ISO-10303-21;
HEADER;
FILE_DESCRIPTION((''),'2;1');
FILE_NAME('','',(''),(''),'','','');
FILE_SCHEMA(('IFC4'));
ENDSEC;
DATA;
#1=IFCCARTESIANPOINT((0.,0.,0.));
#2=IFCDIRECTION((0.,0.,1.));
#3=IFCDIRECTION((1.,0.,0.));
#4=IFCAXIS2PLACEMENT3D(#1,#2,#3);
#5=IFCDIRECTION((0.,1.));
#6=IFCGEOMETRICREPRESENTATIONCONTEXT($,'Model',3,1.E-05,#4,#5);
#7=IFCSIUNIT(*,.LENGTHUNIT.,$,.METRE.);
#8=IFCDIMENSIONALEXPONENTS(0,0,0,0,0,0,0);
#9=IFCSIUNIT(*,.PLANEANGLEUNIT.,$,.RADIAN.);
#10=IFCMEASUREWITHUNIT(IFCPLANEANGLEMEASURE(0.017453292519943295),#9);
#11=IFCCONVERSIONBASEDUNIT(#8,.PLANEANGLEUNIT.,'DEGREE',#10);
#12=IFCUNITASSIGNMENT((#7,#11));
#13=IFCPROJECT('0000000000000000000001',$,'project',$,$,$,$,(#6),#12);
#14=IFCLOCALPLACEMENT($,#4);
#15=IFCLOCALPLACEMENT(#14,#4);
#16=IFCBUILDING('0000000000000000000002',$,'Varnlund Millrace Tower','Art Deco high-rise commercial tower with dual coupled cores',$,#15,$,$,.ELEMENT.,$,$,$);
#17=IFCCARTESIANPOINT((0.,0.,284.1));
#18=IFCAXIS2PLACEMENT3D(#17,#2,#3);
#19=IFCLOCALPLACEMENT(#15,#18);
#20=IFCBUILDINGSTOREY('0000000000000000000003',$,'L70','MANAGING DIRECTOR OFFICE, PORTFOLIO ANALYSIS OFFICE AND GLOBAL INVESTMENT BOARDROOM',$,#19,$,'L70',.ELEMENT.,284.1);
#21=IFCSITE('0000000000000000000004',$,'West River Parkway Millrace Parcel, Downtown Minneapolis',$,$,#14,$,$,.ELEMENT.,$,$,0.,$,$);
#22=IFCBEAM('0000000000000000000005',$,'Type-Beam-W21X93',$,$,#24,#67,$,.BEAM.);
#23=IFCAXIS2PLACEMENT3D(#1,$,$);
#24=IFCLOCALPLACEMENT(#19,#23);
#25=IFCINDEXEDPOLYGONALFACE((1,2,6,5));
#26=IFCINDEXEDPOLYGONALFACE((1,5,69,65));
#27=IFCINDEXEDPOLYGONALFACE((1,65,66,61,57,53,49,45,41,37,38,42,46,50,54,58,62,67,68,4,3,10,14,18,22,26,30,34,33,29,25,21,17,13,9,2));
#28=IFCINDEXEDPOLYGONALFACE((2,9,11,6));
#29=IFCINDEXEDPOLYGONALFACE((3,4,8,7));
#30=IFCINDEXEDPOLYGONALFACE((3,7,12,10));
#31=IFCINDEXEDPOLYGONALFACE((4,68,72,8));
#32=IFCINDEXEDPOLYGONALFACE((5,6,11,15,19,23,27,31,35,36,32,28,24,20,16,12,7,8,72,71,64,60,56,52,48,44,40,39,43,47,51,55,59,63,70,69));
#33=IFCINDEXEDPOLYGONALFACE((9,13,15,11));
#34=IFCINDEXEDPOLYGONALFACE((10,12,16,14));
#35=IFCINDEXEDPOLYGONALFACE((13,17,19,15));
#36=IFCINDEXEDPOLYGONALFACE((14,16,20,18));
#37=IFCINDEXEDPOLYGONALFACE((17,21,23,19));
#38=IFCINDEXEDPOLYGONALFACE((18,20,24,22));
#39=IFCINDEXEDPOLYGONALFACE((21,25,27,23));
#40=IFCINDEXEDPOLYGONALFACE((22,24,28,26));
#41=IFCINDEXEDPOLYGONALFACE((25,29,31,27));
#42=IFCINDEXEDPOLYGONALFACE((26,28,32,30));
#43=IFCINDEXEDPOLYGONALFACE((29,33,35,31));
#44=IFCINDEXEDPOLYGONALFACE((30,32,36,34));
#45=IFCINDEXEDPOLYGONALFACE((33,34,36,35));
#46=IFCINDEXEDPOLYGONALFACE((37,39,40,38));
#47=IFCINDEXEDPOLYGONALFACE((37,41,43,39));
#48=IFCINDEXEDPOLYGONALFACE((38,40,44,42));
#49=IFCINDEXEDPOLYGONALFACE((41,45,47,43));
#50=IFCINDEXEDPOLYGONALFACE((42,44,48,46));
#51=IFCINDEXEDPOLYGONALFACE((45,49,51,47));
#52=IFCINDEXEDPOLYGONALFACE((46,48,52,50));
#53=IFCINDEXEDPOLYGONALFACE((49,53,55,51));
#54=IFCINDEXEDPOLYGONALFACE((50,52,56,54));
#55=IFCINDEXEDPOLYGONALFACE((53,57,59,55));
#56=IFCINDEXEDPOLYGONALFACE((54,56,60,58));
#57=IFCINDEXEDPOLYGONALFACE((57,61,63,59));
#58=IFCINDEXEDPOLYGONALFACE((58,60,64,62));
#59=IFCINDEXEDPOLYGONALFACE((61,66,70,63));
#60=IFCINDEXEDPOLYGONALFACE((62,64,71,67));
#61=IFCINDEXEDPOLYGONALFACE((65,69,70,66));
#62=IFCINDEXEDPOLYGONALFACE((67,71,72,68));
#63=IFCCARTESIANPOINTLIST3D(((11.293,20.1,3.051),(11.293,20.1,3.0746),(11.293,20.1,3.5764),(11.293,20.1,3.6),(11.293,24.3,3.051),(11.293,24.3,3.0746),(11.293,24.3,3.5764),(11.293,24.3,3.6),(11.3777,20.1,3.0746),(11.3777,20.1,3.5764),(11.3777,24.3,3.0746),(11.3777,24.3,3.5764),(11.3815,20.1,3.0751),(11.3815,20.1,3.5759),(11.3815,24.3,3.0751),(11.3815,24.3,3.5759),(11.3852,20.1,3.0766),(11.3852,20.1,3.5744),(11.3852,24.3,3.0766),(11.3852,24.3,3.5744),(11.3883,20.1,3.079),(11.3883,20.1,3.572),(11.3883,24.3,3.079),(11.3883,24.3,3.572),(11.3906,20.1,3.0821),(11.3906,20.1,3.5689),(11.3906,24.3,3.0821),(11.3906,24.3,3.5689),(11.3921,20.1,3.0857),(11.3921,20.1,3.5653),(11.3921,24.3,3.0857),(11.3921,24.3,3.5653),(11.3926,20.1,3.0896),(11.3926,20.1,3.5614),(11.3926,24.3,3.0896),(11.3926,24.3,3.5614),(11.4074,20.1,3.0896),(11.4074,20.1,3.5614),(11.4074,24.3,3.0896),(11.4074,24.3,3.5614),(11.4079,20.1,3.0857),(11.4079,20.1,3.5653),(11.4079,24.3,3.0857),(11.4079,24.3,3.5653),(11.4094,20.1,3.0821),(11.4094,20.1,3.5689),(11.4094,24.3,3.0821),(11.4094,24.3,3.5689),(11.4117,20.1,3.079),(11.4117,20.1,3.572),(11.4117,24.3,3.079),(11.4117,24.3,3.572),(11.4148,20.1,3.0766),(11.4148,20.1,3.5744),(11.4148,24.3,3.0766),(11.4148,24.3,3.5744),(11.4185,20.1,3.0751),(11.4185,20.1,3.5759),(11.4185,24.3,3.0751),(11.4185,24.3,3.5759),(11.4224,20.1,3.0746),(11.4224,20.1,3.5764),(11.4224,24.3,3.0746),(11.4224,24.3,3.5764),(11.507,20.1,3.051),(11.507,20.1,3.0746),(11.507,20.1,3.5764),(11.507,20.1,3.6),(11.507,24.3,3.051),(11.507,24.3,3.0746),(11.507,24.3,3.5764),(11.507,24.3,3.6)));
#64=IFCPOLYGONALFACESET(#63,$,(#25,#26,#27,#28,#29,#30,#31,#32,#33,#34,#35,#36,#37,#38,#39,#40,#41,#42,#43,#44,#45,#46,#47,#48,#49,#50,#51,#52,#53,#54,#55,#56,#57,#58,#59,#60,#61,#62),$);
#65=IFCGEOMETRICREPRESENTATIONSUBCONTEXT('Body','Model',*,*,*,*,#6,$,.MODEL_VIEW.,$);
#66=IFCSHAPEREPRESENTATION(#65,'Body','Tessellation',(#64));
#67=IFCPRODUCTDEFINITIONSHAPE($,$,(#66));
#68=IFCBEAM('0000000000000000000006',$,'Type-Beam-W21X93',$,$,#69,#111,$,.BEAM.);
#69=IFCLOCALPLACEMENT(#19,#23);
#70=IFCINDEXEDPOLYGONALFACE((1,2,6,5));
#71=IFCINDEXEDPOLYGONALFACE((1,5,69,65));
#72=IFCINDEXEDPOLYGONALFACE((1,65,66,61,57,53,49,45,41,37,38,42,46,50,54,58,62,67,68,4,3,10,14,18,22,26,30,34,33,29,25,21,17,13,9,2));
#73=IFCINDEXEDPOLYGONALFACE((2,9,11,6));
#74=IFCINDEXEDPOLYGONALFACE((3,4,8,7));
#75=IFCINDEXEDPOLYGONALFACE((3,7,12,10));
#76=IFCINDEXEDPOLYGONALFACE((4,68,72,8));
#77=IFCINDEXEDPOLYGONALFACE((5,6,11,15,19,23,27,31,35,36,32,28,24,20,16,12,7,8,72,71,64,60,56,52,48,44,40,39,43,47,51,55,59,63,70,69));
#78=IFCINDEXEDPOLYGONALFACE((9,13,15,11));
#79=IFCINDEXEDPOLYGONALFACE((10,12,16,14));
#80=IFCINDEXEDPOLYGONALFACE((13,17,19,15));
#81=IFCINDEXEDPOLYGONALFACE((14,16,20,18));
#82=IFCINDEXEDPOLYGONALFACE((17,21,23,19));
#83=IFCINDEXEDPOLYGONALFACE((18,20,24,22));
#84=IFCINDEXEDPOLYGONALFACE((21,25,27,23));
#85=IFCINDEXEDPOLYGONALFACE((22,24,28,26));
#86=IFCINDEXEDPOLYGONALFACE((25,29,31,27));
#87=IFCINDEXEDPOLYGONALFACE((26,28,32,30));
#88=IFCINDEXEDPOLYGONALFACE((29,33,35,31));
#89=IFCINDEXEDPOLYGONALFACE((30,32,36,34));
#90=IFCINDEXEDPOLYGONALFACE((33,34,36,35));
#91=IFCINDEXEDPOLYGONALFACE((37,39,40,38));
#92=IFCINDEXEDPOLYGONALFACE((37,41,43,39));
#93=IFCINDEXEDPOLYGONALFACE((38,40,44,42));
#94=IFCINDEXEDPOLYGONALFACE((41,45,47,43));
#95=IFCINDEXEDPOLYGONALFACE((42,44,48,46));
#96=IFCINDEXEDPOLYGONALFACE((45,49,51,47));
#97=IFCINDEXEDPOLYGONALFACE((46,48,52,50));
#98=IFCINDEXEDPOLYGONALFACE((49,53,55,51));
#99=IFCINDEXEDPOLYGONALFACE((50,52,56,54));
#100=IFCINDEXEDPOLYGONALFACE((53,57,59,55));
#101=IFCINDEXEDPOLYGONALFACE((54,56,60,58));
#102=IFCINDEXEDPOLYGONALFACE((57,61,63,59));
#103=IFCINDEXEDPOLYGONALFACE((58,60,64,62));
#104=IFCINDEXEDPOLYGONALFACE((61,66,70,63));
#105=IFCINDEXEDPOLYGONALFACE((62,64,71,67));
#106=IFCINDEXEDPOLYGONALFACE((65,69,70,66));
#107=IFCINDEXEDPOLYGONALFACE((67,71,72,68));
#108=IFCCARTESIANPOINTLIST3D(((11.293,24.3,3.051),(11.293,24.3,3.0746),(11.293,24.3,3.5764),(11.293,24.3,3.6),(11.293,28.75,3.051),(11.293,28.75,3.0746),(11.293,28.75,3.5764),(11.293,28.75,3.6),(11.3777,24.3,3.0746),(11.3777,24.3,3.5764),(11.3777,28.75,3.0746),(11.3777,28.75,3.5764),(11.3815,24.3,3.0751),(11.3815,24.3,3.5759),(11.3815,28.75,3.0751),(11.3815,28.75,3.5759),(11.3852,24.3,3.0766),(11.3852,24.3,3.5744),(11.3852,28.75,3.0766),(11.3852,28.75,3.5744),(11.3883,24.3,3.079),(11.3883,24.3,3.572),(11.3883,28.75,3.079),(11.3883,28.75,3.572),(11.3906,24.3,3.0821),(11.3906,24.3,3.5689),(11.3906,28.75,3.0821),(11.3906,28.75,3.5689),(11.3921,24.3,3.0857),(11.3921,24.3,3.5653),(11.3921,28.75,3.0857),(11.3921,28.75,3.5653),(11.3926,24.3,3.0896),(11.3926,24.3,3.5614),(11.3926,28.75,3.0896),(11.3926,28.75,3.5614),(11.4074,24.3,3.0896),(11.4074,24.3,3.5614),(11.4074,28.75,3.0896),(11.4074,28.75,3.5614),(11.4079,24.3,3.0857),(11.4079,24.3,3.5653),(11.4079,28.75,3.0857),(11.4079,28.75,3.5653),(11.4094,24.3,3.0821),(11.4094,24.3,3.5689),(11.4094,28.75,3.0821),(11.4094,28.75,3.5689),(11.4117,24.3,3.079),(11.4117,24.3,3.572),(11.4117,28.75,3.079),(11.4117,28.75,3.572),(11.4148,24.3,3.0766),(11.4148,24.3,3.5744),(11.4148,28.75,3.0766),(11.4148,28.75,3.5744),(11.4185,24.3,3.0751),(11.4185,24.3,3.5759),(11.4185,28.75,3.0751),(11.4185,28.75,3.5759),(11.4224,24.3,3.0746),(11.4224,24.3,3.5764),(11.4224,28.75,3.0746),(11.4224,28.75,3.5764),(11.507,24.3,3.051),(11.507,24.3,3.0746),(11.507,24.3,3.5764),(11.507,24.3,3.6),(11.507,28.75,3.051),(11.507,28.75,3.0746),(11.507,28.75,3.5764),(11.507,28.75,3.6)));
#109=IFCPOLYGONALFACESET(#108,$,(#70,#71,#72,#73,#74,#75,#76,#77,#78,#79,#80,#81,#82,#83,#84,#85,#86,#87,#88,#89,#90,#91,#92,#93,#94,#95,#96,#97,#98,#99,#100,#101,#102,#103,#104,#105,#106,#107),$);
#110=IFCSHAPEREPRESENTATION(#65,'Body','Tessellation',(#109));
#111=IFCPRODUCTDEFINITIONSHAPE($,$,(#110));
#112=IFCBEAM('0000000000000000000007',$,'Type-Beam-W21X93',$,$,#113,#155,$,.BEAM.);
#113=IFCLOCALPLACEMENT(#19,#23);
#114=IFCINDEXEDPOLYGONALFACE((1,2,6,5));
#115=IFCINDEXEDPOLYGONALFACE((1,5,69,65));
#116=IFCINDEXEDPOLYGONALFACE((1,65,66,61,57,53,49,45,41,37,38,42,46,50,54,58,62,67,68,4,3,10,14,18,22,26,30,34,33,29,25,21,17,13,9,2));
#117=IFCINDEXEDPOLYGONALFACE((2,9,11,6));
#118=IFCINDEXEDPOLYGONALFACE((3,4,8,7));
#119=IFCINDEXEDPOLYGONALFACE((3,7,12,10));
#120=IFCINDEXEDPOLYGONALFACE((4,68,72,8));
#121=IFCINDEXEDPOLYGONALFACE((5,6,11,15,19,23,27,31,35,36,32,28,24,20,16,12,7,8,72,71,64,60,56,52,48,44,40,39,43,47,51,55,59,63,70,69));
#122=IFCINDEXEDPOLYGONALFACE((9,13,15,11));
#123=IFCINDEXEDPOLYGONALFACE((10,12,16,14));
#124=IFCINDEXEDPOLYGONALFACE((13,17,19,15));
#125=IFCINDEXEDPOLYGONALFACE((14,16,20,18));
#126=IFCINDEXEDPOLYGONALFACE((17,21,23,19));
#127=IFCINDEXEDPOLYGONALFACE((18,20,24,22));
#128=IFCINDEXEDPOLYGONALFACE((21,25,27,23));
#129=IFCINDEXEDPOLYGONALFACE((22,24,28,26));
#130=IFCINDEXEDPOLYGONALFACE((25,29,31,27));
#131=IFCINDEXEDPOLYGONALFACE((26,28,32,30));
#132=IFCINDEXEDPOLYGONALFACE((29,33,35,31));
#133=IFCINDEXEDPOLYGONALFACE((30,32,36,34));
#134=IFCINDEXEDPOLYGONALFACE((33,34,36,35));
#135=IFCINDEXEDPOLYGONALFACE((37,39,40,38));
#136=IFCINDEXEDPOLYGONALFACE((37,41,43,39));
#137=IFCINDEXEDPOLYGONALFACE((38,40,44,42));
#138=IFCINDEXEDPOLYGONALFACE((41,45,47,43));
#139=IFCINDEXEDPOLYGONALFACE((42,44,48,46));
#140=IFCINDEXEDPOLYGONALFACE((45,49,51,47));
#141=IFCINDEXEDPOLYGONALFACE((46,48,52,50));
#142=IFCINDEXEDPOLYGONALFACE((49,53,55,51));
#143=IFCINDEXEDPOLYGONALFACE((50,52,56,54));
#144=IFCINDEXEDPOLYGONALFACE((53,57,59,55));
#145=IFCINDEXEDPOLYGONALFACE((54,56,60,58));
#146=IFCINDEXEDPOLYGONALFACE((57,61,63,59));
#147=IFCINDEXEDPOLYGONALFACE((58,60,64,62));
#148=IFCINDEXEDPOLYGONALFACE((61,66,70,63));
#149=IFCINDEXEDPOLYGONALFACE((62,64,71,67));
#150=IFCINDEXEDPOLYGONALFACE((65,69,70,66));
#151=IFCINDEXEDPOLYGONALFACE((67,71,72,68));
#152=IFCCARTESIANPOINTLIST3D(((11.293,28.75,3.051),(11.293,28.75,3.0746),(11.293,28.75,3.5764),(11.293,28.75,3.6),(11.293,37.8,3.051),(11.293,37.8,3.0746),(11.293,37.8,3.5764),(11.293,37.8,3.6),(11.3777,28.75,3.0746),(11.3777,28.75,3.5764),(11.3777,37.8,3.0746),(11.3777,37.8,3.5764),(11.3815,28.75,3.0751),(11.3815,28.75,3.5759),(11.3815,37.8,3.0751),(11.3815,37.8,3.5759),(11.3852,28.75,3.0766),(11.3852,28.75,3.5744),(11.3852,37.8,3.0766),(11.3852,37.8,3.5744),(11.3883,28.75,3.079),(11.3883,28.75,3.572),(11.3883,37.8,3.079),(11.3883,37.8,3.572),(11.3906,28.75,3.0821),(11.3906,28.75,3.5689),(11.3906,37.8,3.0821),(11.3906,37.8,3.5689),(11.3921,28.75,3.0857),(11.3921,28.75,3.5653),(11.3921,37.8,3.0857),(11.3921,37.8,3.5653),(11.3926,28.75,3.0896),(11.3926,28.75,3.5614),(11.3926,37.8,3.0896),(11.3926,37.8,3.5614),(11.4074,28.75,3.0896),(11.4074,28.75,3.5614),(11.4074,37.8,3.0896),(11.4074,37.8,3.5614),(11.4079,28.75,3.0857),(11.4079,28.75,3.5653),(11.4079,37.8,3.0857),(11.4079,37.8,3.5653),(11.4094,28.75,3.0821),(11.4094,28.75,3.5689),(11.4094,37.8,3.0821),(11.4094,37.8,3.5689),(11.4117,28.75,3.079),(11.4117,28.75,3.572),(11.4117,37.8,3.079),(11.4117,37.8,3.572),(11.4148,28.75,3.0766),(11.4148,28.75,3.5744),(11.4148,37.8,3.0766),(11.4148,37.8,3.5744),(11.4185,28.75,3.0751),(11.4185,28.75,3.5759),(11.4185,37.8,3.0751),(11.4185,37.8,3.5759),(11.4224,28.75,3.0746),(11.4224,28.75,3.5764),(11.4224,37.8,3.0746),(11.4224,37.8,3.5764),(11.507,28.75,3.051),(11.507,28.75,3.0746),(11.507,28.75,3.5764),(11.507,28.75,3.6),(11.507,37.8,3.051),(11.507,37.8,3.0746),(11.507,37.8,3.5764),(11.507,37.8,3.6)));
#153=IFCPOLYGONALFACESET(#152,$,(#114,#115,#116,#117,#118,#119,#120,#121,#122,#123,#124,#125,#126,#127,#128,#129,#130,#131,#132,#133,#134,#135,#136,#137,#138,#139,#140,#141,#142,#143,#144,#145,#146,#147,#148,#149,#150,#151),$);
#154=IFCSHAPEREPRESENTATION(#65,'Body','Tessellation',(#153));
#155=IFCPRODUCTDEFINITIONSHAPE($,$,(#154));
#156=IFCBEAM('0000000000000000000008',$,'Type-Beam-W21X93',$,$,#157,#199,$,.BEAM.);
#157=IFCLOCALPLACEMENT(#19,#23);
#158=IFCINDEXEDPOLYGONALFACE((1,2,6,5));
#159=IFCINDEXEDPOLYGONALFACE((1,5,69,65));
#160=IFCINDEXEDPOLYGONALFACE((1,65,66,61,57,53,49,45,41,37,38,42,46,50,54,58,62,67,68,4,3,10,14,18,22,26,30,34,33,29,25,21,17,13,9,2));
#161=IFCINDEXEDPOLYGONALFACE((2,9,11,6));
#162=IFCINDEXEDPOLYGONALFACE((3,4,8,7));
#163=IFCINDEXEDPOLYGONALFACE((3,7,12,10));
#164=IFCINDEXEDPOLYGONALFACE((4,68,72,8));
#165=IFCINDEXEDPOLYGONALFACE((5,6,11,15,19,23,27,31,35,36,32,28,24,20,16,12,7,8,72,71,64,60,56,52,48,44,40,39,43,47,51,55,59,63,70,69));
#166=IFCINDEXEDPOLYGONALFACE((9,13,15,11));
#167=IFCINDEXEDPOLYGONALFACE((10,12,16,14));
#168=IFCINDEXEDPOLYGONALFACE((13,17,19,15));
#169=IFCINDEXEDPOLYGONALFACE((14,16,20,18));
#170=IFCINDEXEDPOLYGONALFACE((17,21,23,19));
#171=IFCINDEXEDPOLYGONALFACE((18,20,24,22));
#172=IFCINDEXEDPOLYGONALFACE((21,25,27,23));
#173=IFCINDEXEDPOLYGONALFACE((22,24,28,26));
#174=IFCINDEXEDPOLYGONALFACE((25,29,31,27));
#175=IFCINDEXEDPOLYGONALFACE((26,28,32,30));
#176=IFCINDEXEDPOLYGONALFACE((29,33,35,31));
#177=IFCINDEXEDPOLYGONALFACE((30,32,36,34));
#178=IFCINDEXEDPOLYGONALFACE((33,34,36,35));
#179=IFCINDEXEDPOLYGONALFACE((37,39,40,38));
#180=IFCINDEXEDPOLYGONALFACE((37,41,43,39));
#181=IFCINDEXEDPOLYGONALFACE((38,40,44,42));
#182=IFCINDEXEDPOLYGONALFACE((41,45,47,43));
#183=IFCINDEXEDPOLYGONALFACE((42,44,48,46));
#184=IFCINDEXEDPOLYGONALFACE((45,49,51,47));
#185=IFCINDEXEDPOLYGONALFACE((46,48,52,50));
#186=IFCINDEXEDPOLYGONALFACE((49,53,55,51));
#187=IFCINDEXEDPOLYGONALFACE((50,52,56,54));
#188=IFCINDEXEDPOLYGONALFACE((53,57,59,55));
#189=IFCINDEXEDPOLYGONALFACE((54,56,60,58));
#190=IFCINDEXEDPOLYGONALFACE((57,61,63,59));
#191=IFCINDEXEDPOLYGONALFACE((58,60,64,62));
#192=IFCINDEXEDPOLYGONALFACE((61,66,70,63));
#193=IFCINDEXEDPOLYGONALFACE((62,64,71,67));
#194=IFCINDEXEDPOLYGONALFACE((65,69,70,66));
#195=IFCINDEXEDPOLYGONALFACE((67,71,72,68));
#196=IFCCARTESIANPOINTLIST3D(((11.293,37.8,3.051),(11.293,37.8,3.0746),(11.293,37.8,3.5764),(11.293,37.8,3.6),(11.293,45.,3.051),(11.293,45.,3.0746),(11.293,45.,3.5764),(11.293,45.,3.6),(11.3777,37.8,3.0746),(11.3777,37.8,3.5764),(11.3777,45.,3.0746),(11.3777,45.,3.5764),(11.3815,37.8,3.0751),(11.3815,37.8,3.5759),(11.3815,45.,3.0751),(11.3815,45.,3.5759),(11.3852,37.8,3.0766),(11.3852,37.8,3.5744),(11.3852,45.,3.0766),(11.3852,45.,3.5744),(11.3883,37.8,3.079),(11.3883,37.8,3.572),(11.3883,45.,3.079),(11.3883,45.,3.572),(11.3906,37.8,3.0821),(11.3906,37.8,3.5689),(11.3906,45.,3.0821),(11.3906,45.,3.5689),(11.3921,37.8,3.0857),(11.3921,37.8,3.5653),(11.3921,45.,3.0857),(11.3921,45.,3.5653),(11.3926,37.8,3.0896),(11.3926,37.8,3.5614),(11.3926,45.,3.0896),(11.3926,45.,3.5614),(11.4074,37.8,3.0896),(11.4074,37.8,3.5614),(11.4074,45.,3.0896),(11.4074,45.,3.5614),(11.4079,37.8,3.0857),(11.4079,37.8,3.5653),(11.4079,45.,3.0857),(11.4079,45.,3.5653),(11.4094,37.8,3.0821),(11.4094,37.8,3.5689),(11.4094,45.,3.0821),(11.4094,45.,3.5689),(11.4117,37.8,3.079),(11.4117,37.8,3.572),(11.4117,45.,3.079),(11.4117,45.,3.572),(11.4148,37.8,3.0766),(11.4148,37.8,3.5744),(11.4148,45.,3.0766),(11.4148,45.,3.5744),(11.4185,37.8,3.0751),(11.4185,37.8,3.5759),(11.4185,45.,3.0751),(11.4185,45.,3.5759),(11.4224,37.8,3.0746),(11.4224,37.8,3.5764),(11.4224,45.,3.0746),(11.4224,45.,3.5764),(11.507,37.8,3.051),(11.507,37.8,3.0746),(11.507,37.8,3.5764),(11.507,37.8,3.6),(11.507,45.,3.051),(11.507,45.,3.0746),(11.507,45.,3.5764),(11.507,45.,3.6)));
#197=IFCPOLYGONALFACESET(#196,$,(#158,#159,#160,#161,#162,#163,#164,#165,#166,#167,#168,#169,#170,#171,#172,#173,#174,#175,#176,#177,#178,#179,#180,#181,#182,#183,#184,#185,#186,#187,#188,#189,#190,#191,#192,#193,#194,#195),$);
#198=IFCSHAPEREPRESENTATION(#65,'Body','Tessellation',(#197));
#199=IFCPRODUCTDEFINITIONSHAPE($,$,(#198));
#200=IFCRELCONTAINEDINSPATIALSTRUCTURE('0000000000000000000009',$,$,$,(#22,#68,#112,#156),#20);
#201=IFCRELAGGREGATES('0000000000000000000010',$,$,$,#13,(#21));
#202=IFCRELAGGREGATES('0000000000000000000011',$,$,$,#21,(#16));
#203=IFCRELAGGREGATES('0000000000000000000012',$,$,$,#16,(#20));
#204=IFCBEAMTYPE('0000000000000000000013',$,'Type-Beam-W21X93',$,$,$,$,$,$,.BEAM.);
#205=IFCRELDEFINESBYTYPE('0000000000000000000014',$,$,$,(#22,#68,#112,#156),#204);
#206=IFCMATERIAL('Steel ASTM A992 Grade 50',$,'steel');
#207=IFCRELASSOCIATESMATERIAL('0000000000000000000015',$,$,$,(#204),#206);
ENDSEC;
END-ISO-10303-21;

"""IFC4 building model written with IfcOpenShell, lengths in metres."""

from ifc_helpers import new_model, entity, si_unit, converted_unit, direction, frame, origin_with_axes, origin_2d_with_axis, place, context, subcontext, project, spatial, i_section, extrude, material, material_profile, profile_set, type_object, element, save


model = new_model("IFC4")

# Units and contexts
model_context = context("Model", 3, precision=1e-05, world=origin_with_axes(), true_north=direction((0.0, 1.0)))
body_context = subcontext(model_context, "Body", "Model", "MODEL_VIEW")
ifc_project = project(units=[si_unit("LENGTHUNIT", "METRE"), converted_unit("PLANEANGLEUNIT", "DEGREE", entity("IfcPlaneAngleMeasure", 0.017453292519943295), si_unit("PLANEANGLEUNIT", "RADIAN"), dimensions=[0, 0, 0, 0, 0, 0, 0])], contexts=[model_context])

# Site, building, storey
site_placement = place(None, origin_with_axes())
site = spatial("IfcSite", under=ifc_project, at=site_placement, Name="West River Parkway Millrace Parcel, Downtown Minneapolis", CompositionType="ELEMENT", RefElevation=0.0)
building_placement = place(site_placement, origin_with_axes())
building = spatial("IfcBuilding", under=site, at=building_placement, Name="Varnlund Millrace Tower", Description="Art Deco high-rise commercial tower with dual coupled cores", CompositionType="ELEMENT")
storey_placement = place(building_placement, frame((0.0, 0.0, 284.1), z_axis=(0.0, 0.0, 1.0), x_axis=(1.0, 0.0, 0.0)))
storey = spatial("IfcBuildingStorey", under=building, at=storey_placement, Name="L70", Description="MANAGING DIRECTOR OFFICE, PORTFOLIO ANALYSIS OFFICE AND GLOBAL INVESTMENT BOARDROOM", LongName="L70", CompositionType="ELEMENT", Elevation=284.1)

# Beams
ifc_material_1 = material(Name="Steel ASTM A992 Grade 50", Category="steel")
ifc_material_profile_1 = material_profile(ifc_material_1, i_section(OverallWidth=0.214, OverallDepth=0.549, WebThickness=0.0147, FlangeThickness=0.0236, FilletRadius=0.015, at=origin_2d_with_axis()), Name="Steel ASTM A992 Grade 50")
ifc_profile_set_1 = profile_set([ifc_material_profile_1], Name="Steel ASTM A992 Grade 50")
beam_type_1 = type_object("IfcBeamType", Name="Type-Beam-W21X93", PredefinedType="BEAM", material=ifc_profile_set_1)
beam_1_placement = place(storey_placement, frame((11.4, 20.1, 3.3255), z_axis=(0.0, 1.0, 0.0), x_axis=(-1.0, 0.0, 0.0)))
element("IfcBeam", 1, at=beam_1_placement, inside=storey, type_object=beam_type_1, Name="Type-Beam-W21X93", PredefinedType="BEAM", context=body_context, shape_type="SweptSolid", body=[
    extrude(i_section(OverallWidth=0.214, OverallDepth=0.549, WebThickness=0.0147, FlangeThickness=0.0236, FilletRadius=0.015, at=origin_2d_with_axis()), origin_with_axes(), (0.0, 0.0, 1.0), 4.2),
])
beam_2_placement = place(storey_placement, frame((11.4, 24.3, 3.3255), z_axis=(0.0, 1.0, 0.0), x_axis=(-1.0, 0.0, 0.0)))
element("IfcBeam", 2, at=beam_2_placement, inside=storey, type_object=beam_type_1, Name="Type-Beam-W21X93", PredefinedType="BEAM", context=body_context, shape_type="SweptSolid", body=[
    extrude(i_section(OverallWidth=0.214, OverallDepth=0.549, WebThickness=0.0147, FlangeThickness=0.0236, FilletRadius=0.015, at=origin_2d_with_axis()), origin_with_axes(), (0.0, 0.0, 1.0), 4.45),
])
beam_3_placement = place(storey_placement, frame((11.4, 28.75, 3.3255), z_axis=(0.0, 1.0, 0.0), x_axis=(-1.0, 0.0, 0.0)))
element("IfcBeam", 3, at=beam_3_placement, inside=storey, type_object=beam_type_1, Name="Type-Beam-W21X93", PredefinedType="BEAM", context=body_context, shape_type="SweptSolid", body=[
    extrude(i_section(OverallWidth=0.214, OverallDepth=0.549, WebThickness=0.0147, FlangeThickness=0.0236, FilletRadius=0.015, at=origin_2d_with_axis()), origin_with_axes(), (0.0, 0.0, 1.0), 9.05),
])
beam_4_placement = place(storey_placement, frame((11.4, 37.8, 3.3255), z_axis=(0.0, 1.0, 0.0), x_axis=(-1.0, 0.0, 0.0)))
element("IfcBeam", 4, at=beam_4_placement, inside=storey, type_object=beam_type_1, Name="Type-Beam-W21X93", PredefinedType="BEAM", context=body_context, shape_type="SweptSolid", body=[
    extrude(i_section(OverallWidth=0.214, OverallDepth=0.549, WebThickness=0.0147, FlangeThickness=0.0236, FilletRadius=0.015, at=origin_2d_with_axis()), origin_with_axes(), (0.0, 0.0, 1.0), 7.2),
])

save(model, "model.ifc")
